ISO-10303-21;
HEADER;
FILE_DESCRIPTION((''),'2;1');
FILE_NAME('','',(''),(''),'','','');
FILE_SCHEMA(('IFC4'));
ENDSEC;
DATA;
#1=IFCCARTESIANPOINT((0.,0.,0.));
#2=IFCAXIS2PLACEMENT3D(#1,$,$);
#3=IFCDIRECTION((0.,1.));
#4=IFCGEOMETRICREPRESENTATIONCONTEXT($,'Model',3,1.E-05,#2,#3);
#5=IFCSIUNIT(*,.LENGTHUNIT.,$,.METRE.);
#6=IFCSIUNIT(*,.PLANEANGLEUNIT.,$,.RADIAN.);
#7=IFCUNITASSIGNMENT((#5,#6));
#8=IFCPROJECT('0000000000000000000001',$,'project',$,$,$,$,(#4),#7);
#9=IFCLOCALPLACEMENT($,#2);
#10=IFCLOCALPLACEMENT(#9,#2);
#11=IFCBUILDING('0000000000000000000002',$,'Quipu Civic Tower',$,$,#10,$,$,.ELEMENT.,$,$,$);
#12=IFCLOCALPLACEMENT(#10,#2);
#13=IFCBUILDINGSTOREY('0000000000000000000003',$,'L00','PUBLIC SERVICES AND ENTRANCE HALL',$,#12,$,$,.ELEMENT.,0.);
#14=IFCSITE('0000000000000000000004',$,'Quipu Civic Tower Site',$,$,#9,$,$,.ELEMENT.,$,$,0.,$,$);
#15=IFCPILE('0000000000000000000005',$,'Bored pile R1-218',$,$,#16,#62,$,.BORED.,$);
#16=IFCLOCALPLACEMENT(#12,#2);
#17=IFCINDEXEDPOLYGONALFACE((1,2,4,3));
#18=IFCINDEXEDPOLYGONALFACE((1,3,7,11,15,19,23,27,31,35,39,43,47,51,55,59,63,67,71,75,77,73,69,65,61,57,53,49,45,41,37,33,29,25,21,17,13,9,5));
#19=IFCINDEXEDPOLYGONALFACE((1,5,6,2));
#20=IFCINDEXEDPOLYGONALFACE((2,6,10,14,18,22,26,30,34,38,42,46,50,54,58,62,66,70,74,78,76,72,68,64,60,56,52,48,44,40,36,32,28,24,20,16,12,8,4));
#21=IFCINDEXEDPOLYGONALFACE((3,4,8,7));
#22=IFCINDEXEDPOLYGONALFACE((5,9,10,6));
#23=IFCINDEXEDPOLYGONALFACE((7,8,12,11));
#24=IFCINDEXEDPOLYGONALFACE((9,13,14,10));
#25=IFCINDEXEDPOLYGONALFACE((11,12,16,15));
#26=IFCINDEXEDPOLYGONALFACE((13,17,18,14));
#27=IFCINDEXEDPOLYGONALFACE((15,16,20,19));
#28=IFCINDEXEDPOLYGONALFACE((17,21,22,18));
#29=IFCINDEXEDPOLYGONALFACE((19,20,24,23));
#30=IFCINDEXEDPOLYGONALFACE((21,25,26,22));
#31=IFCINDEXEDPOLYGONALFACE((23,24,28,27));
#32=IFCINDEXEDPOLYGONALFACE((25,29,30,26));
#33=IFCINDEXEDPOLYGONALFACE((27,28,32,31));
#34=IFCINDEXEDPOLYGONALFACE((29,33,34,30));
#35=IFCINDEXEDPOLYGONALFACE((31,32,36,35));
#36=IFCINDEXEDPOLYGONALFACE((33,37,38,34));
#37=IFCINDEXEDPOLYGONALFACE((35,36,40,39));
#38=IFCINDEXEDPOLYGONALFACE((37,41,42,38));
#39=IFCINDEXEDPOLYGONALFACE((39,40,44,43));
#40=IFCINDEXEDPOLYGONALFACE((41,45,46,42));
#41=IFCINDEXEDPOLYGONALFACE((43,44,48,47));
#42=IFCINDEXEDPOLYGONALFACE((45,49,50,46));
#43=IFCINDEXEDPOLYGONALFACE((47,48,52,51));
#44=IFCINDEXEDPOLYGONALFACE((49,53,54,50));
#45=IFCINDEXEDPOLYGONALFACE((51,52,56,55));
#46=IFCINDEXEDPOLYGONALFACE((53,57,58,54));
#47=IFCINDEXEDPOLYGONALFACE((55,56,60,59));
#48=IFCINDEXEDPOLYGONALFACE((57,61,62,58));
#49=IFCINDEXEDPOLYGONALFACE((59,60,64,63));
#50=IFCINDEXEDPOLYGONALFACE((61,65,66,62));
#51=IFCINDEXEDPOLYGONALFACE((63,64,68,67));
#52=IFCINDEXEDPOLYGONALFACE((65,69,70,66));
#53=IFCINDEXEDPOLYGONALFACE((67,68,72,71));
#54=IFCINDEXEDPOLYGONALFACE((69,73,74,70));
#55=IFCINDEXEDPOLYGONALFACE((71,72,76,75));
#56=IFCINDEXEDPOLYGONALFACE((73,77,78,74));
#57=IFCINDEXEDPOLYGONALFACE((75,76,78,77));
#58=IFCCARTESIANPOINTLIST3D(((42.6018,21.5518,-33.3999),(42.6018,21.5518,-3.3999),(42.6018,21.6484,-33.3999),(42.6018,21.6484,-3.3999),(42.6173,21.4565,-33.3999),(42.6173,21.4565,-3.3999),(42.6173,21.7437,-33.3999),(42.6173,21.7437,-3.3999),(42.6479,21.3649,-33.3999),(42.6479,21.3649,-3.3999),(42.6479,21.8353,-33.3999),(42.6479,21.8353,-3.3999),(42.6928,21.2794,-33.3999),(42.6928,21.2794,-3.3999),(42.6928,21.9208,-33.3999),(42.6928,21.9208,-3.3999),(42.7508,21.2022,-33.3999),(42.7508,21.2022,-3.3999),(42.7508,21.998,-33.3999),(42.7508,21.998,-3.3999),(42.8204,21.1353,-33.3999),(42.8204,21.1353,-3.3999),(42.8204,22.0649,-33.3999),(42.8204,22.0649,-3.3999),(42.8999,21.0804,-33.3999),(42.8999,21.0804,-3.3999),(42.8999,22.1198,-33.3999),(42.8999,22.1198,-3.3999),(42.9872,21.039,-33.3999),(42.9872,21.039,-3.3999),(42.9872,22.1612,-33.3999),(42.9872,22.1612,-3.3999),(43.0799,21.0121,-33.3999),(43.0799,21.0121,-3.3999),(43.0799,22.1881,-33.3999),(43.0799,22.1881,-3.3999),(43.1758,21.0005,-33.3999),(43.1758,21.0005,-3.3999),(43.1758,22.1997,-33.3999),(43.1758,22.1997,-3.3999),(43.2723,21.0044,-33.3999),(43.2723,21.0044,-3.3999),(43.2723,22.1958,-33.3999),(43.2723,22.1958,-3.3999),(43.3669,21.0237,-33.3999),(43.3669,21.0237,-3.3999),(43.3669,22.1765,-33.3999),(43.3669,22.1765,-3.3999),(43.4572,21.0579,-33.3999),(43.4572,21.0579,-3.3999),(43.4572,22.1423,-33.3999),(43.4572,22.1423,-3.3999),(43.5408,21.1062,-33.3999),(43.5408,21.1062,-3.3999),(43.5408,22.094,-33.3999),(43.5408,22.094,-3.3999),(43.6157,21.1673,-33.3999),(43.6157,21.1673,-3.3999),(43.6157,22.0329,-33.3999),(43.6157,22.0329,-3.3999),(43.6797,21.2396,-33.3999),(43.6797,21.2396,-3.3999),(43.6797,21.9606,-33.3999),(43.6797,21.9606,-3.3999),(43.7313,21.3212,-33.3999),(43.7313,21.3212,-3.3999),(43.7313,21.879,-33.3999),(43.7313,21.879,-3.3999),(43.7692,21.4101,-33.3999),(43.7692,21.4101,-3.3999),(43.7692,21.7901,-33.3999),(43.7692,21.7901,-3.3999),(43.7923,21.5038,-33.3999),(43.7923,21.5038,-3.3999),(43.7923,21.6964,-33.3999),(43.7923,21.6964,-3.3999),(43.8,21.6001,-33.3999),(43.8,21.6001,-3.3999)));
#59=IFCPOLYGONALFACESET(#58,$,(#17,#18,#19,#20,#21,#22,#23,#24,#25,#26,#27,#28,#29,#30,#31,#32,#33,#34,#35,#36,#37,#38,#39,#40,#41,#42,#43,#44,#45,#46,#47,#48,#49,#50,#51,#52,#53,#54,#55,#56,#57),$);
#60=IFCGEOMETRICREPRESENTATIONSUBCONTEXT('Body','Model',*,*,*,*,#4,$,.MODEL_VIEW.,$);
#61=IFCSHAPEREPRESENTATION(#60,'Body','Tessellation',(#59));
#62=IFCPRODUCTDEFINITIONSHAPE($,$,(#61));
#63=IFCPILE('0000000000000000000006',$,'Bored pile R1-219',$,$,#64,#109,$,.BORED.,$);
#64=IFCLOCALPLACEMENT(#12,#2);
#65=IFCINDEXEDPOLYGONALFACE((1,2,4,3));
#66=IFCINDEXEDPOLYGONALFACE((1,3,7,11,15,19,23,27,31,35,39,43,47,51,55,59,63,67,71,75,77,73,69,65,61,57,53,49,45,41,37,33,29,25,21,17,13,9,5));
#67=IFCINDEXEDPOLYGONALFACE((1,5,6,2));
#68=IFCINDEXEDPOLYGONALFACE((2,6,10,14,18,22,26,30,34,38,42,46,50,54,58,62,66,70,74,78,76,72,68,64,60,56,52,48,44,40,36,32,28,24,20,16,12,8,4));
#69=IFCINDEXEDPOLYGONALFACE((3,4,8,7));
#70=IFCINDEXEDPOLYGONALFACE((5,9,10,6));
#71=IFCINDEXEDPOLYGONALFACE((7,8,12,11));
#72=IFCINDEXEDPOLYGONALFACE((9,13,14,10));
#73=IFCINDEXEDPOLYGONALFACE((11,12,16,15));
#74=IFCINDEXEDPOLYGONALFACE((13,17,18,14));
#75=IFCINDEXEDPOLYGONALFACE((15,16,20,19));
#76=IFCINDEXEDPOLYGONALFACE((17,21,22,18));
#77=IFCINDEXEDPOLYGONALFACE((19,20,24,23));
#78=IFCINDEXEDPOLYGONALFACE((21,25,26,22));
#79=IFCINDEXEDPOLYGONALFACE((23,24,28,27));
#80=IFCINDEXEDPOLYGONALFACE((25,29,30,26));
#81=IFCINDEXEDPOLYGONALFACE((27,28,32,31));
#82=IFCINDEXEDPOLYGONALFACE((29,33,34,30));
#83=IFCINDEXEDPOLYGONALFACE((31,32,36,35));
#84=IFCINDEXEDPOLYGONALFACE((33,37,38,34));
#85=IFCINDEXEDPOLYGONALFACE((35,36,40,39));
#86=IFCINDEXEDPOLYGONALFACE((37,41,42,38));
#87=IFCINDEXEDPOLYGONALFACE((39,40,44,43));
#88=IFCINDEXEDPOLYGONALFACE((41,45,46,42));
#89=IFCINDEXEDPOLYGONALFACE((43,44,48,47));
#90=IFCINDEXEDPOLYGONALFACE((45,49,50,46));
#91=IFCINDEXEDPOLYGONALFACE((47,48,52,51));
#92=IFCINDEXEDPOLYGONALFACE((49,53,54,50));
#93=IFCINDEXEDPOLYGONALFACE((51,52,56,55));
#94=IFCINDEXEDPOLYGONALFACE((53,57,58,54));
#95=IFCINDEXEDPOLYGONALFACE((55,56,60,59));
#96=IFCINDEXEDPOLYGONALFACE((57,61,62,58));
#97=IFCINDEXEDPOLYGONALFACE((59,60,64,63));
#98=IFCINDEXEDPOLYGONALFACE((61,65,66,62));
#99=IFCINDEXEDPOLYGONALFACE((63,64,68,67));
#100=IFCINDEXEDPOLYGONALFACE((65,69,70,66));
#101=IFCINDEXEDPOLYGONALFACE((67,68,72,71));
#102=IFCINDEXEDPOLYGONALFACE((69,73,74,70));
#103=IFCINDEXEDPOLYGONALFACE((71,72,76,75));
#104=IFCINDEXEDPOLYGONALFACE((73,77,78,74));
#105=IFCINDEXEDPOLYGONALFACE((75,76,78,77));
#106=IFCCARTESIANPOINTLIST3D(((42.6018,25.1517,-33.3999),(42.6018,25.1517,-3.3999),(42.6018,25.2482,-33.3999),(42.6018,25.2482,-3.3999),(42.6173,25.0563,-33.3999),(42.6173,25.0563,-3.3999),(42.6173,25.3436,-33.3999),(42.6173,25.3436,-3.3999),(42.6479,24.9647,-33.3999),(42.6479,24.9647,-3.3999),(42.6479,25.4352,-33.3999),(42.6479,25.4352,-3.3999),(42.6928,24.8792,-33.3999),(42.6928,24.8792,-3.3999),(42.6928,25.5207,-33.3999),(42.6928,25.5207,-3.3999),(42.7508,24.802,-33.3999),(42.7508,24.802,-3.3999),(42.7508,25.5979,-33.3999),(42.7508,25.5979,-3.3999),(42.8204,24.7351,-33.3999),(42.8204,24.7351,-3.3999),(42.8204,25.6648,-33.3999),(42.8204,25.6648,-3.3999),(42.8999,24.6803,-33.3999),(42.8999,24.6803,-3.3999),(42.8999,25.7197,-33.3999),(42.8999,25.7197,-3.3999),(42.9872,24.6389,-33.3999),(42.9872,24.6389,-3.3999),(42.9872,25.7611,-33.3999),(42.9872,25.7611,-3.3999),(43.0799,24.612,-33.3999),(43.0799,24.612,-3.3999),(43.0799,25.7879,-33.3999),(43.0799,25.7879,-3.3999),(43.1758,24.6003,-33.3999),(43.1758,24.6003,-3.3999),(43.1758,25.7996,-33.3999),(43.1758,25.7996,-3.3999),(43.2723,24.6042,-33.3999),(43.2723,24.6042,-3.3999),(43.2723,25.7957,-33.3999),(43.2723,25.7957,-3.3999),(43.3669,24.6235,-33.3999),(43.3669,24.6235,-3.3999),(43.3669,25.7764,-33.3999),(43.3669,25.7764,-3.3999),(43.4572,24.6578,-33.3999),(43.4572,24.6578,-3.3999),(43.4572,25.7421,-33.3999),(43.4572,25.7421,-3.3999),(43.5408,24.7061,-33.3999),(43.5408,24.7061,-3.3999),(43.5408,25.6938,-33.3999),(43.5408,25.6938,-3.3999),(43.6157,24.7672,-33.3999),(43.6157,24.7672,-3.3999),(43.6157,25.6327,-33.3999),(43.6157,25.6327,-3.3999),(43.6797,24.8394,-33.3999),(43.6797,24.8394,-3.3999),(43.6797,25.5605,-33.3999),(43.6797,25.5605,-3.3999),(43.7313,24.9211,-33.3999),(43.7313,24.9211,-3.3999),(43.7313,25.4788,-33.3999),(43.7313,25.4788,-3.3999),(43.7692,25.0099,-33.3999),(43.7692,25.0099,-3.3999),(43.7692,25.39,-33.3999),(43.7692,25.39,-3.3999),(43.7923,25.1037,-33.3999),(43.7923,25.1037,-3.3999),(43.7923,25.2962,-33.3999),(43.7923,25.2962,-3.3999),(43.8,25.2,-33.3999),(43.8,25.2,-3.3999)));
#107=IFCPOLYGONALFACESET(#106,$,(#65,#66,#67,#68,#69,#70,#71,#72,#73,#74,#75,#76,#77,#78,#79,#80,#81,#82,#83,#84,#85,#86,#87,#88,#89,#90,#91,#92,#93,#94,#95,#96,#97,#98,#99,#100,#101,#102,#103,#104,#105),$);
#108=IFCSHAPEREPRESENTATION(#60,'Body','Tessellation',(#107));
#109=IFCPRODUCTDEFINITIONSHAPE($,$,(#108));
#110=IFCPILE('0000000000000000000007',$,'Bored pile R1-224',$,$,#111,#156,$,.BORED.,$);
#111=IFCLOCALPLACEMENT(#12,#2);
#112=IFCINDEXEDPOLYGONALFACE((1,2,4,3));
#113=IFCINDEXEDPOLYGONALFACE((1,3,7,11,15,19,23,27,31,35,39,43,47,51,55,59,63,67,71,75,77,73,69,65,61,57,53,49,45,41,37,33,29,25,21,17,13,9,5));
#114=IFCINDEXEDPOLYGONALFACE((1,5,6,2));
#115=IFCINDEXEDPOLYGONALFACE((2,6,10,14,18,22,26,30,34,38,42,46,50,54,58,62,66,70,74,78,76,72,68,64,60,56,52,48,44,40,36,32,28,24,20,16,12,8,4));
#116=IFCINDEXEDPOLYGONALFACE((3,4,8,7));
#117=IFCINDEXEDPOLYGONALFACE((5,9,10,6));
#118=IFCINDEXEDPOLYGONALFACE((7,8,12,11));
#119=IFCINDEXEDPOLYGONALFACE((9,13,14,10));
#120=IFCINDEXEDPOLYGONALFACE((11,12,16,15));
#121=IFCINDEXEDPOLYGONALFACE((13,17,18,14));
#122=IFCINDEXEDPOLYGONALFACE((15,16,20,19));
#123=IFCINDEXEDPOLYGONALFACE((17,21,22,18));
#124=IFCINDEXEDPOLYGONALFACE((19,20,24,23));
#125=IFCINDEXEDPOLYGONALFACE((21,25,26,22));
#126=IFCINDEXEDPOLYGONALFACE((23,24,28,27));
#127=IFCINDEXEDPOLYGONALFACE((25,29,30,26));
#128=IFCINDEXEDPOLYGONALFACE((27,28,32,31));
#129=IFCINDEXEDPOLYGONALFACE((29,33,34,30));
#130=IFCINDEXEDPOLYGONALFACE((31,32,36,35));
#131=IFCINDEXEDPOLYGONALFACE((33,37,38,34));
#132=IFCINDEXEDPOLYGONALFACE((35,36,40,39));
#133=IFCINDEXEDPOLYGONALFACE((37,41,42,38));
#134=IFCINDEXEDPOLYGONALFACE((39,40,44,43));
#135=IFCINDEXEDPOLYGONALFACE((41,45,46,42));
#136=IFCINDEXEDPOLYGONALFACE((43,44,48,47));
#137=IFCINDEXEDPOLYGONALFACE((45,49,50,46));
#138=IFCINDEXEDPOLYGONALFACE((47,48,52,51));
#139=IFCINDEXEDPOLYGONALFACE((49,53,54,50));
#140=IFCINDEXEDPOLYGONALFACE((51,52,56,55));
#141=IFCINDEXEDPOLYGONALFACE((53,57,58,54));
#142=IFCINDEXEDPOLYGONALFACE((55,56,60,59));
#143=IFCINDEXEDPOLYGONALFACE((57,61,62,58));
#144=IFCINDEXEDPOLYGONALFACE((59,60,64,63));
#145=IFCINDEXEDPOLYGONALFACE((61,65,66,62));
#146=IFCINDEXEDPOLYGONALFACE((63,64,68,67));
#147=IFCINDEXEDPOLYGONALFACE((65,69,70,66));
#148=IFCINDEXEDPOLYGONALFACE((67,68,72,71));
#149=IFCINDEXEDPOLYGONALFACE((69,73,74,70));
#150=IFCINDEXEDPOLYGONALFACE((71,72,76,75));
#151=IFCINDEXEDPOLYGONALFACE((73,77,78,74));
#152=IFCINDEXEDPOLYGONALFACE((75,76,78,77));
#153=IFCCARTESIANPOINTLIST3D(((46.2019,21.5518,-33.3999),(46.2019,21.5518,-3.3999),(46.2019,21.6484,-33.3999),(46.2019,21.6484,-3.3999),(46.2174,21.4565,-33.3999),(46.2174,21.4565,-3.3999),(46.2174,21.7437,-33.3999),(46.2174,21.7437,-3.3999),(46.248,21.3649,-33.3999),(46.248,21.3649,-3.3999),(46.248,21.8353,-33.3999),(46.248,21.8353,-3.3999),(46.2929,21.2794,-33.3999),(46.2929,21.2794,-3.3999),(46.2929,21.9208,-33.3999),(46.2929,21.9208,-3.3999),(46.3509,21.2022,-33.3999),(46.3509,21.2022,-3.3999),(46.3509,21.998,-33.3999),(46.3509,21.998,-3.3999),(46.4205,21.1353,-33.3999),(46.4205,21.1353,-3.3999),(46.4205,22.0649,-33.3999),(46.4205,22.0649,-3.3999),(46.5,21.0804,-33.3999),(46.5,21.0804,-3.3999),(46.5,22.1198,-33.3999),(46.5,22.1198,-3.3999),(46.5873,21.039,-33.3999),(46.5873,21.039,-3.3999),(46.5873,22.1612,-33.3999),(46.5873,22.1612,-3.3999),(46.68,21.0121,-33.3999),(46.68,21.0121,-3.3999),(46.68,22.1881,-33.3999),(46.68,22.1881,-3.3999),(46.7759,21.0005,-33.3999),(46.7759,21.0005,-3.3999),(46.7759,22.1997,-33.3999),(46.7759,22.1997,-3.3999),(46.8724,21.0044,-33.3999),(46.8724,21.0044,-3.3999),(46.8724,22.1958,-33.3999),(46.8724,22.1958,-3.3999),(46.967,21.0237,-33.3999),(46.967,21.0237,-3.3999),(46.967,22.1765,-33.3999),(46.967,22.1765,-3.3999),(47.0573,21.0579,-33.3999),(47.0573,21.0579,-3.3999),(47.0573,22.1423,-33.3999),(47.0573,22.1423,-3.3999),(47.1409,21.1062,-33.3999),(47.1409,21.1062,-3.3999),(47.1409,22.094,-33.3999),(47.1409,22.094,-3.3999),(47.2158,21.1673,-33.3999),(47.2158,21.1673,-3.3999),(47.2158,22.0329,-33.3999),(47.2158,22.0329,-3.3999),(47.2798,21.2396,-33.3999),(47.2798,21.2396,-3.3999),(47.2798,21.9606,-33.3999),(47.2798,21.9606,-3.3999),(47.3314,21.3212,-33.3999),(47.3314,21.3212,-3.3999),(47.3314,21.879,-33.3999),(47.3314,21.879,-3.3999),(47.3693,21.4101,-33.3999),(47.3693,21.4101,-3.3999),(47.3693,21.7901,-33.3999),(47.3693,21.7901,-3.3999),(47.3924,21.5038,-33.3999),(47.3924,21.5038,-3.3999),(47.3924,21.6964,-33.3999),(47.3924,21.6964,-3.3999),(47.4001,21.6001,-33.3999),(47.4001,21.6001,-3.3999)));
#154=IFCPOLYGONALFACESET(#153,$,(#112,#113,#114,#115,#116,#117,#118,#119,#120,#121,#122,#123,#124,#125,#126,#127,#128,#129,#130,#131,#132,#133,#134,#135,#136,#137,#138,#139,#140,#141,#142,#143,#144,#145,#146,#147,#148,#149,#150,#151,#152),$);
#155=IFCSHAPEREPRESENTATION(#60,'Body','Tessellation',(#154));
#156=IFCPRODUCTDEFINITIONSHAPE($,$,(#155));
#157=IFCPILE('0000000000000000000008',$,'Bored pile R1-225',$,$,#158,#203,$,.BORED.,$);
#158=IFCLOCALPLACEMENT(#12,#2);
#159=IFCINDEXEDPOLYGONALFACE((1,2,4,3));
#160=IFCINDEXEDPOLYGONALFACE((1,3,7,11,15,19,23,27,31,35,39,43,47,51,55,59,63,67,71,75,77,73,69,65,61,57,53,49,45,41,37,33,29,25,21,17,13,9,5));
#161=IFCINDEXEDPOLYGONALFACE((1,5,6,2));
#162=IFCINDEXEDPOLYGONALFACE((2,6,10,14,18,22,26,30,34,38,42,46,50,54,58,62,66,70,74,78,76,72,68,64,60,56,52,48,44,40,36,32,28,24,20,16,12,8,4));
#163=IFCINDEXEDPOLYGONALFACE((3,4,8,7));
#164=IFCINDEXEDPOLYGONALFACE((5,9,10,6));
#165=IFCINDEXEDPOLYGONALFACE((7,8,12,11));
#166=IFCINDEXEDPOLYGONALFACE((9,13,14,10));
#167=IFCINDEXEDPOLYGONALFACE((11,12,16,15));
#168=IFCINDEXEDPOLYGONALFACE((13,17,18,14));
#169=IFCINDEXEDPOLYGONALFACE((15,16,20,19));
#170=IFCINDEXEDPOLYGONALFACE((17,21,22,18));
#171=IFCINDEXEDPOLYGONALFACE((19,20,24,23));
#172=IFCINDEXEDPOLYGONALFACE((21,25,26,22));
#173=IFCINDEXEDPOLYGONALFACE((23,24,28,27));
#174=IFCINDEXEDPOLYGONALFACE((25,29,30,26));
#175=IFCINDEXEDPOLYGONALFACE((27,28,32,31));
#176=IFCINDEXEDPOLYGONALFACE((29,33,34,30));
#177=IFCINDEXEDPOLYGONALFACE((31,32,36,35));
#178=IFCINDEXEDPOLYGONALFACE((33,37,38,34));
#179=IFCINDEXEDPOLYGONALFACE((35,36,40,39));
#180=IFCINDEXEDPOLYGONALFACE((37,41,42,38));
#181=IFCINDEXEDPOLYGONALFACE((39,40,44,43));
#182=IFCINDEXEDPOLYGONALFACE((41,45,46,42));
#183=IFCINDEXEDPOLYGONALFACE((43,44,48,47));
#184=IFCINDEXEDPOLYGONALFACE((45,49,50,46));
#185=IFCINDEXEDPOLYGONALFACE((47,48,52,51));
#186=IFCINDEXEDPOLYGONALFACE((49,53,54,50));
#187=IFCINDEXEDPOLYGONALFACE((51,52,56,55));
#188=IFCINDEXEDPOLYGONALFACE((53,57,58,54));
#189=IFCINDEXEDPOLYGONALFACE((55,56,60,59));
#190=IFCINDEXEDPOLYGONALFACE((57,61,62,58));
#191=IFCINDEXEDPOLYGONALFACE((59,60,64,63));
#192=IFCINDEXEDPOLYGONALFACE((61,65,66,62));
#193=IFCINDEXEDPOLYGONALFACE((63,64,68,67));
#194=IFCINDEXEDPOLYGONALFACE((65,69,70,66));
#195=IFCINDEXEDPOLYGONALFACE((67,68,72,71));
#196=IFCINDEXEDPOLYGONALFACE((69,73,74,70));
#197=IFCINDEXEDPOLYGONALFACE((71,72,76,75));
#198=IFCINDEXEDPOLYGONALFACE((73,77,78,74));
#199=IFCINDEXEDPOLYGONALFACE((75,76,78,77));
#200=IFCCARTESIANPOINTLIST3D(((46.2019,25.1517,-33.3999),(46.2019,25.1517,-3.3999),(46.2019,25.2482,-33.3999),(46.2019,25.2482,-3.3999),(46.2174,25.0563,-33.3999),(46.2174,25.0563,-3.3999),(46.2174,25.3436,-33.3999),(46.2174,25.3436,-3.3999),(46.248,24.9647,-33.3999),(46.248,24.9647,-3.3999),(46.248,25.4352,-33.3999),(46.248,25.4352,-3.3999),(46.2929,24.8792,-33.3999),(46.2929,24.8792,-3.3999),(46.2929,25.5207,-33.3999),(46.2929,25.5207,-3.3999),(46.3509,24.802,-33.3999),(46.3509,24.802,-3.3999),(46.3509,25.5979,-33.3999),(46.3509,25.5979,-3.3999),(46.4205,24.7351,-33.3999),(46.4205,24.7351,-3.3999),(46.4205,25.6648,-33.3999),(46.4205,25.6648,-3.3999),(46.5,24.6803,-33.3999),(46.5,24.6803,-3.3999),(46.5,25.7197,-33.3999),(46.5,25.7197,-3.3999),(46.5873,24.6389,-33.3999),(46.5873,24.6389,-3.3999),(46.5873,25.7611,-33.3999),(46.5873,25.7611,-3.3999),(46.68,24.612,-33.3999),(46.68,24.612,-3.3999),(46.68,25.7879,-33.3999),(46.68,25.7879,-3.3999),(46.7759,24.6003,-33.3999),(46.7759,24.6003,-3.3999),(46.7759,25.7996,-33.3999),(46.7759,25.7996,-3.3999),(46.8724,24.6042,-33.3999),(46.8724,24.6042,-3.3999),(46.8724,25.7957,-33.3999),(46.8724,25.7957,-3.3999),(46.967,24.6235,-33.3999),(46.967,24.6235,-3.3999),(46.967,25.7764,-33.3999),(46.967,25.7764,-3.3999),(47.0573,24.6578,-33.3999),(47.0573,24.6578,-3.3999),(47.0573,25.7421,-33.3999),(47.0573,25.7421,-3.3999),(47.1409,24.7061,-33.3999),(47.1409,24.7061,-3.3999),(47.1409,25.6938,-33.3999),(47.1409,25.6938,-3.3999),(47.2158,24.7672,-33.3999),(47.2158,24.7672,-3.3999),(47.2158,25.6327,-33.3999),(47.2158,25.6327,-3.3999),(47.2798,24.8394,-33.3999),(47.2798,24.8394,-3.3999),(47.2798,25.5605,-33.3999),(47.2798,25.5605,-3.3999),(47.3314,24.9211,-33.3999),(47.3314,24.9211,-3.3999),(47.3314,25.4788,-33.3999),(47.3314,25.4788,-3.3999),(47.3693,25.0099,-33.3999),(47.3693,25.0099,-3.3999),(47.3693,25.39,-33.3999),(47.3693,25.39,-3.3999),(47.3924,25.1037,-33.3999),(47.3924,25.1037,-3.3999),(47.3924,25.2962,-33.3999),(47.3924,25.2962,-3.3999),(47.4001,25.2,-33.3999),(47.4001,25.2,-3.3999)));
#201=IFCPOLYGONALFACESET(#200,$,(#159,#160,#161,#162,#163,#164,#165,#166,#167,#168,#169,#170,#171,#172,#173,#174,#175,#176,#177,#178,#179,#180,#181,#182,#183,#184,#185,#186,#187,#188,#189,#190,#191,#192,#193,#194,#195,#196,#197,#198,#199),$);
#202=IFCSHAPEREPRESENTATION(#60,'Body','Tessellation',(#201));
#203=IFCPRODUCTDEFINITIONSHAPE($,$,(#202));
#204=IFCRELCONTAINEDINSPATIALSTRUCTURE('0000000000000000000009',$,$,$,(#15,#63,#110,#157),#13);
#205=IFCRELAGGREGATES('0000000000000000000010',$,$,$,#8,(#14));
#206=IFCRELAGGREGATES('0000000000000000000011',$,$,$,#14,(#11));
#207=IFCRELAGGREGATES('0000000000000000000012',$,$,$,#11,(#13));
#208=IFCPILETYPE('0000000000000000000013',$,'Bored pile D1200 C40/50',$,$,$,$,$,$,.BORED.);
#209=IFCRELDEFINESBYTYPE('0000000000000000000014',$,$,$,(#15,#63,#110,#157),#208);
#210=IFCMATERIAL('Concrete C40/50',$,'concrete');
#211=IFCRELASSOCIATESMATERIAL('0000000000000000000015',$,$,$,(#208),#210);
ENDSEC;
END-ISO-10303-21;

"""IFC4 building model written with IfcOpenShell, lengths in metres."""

from ifc_helpers import new_model, si_unit, direction, frame, origin, origin_2d, place, context, subcontext, project, spatial, circle, extrude, material, material_profile, profile_set, type_object, element, save


model = new_model("IFC4")

# Units and contexts
model_context = context("Model", 3, precision=1e-05, world=origin(), true_north=direction((0.0, 1.0)))
body_context = subcontext(model_context, "Body", "Model", "MODEL_VIEW")
ifc_project = project(units=[si_unit("LENGTHUNIT", "METRE"), si_unit("PLANEANGLEUNIT", "RADIAN")], contexts=[model_context])

# Site, building, storey
site_placement = place(None, origin())
site = spatial("IfcSite", under=ifc_project, at=site_placement, Name="Quipu Civic Tower Site", CompositionType="ELEMENT", RefElevation=0.0)
building_placement = place(site_placement, origin())
building = spatial("IfcBuilding", under=site, at=building_placement, Name="Quipu Civic Tower", CompositionType="ELEMENT")
storey_placement = place(building_placement, origin())
storey = spatial("IfcBuildingStorey", under=building, at=storey_placement, Name="L00", Description="PUBLIC SERVICES AND ENTRANCE HALL", CompositionType="ELEMENT", Elevation=0.0)

# Piles
ifc_material_1 = material(Name="Concrete C40/50", Category="concrete")
ifc_material_profile_1 = material_profile(ifc_material_1, circle(Radius=0.6001, at=origin_2d()), Name="RCD1200")
ifc_profile_set_1 = profile_set([ifc_material_profile_1], Name="Concrete C40/50")
pile_type = type_object("IfcPileType", Name="Bored pile D1200 C40/50", PredefinedType="BORED", material=ifc_profile_set_1)
for number, where, z_axis, x_axis, name in (
    (1, (43.2, 21.6001, -3.3999), (0.0, 0.0, -1.0), (1.0, 0.0, 0.0), "Bored pile R1-218"),
    (2, (43.2, 25.2, -3.3999), (0.0, 0.0, -1.0), (1.0, 0.0, 0.0), "Bored pile R1-219"),
    (3, (46.8, 21.6001, -3.3999), (0.0, 0.0, -1.0), (1.0, 0.0, 0.0), "Bored pile R1-224"),
    (4, (46.8, 25.2, -3.3999), (0.0, 0.0, -1.0), (1.0, 0.0, 0.0), "Bored pile R1-225"),
):
    element("IfcPile", number, at=place(storey_placement, frame(where, z_axis=z_axis, x_axis=x_axis)), inside=storey, type_object=pile_type, Name=name, PredefinedType="BORED", context=body_context, shape_type="SweptSolid", body=[
        extrude(circle(Radius=0.6001, at=origin_2d()), origin(), (0.0, 0.0, 1.0), 30.0),
    ])

save(model, "model.ifc")
